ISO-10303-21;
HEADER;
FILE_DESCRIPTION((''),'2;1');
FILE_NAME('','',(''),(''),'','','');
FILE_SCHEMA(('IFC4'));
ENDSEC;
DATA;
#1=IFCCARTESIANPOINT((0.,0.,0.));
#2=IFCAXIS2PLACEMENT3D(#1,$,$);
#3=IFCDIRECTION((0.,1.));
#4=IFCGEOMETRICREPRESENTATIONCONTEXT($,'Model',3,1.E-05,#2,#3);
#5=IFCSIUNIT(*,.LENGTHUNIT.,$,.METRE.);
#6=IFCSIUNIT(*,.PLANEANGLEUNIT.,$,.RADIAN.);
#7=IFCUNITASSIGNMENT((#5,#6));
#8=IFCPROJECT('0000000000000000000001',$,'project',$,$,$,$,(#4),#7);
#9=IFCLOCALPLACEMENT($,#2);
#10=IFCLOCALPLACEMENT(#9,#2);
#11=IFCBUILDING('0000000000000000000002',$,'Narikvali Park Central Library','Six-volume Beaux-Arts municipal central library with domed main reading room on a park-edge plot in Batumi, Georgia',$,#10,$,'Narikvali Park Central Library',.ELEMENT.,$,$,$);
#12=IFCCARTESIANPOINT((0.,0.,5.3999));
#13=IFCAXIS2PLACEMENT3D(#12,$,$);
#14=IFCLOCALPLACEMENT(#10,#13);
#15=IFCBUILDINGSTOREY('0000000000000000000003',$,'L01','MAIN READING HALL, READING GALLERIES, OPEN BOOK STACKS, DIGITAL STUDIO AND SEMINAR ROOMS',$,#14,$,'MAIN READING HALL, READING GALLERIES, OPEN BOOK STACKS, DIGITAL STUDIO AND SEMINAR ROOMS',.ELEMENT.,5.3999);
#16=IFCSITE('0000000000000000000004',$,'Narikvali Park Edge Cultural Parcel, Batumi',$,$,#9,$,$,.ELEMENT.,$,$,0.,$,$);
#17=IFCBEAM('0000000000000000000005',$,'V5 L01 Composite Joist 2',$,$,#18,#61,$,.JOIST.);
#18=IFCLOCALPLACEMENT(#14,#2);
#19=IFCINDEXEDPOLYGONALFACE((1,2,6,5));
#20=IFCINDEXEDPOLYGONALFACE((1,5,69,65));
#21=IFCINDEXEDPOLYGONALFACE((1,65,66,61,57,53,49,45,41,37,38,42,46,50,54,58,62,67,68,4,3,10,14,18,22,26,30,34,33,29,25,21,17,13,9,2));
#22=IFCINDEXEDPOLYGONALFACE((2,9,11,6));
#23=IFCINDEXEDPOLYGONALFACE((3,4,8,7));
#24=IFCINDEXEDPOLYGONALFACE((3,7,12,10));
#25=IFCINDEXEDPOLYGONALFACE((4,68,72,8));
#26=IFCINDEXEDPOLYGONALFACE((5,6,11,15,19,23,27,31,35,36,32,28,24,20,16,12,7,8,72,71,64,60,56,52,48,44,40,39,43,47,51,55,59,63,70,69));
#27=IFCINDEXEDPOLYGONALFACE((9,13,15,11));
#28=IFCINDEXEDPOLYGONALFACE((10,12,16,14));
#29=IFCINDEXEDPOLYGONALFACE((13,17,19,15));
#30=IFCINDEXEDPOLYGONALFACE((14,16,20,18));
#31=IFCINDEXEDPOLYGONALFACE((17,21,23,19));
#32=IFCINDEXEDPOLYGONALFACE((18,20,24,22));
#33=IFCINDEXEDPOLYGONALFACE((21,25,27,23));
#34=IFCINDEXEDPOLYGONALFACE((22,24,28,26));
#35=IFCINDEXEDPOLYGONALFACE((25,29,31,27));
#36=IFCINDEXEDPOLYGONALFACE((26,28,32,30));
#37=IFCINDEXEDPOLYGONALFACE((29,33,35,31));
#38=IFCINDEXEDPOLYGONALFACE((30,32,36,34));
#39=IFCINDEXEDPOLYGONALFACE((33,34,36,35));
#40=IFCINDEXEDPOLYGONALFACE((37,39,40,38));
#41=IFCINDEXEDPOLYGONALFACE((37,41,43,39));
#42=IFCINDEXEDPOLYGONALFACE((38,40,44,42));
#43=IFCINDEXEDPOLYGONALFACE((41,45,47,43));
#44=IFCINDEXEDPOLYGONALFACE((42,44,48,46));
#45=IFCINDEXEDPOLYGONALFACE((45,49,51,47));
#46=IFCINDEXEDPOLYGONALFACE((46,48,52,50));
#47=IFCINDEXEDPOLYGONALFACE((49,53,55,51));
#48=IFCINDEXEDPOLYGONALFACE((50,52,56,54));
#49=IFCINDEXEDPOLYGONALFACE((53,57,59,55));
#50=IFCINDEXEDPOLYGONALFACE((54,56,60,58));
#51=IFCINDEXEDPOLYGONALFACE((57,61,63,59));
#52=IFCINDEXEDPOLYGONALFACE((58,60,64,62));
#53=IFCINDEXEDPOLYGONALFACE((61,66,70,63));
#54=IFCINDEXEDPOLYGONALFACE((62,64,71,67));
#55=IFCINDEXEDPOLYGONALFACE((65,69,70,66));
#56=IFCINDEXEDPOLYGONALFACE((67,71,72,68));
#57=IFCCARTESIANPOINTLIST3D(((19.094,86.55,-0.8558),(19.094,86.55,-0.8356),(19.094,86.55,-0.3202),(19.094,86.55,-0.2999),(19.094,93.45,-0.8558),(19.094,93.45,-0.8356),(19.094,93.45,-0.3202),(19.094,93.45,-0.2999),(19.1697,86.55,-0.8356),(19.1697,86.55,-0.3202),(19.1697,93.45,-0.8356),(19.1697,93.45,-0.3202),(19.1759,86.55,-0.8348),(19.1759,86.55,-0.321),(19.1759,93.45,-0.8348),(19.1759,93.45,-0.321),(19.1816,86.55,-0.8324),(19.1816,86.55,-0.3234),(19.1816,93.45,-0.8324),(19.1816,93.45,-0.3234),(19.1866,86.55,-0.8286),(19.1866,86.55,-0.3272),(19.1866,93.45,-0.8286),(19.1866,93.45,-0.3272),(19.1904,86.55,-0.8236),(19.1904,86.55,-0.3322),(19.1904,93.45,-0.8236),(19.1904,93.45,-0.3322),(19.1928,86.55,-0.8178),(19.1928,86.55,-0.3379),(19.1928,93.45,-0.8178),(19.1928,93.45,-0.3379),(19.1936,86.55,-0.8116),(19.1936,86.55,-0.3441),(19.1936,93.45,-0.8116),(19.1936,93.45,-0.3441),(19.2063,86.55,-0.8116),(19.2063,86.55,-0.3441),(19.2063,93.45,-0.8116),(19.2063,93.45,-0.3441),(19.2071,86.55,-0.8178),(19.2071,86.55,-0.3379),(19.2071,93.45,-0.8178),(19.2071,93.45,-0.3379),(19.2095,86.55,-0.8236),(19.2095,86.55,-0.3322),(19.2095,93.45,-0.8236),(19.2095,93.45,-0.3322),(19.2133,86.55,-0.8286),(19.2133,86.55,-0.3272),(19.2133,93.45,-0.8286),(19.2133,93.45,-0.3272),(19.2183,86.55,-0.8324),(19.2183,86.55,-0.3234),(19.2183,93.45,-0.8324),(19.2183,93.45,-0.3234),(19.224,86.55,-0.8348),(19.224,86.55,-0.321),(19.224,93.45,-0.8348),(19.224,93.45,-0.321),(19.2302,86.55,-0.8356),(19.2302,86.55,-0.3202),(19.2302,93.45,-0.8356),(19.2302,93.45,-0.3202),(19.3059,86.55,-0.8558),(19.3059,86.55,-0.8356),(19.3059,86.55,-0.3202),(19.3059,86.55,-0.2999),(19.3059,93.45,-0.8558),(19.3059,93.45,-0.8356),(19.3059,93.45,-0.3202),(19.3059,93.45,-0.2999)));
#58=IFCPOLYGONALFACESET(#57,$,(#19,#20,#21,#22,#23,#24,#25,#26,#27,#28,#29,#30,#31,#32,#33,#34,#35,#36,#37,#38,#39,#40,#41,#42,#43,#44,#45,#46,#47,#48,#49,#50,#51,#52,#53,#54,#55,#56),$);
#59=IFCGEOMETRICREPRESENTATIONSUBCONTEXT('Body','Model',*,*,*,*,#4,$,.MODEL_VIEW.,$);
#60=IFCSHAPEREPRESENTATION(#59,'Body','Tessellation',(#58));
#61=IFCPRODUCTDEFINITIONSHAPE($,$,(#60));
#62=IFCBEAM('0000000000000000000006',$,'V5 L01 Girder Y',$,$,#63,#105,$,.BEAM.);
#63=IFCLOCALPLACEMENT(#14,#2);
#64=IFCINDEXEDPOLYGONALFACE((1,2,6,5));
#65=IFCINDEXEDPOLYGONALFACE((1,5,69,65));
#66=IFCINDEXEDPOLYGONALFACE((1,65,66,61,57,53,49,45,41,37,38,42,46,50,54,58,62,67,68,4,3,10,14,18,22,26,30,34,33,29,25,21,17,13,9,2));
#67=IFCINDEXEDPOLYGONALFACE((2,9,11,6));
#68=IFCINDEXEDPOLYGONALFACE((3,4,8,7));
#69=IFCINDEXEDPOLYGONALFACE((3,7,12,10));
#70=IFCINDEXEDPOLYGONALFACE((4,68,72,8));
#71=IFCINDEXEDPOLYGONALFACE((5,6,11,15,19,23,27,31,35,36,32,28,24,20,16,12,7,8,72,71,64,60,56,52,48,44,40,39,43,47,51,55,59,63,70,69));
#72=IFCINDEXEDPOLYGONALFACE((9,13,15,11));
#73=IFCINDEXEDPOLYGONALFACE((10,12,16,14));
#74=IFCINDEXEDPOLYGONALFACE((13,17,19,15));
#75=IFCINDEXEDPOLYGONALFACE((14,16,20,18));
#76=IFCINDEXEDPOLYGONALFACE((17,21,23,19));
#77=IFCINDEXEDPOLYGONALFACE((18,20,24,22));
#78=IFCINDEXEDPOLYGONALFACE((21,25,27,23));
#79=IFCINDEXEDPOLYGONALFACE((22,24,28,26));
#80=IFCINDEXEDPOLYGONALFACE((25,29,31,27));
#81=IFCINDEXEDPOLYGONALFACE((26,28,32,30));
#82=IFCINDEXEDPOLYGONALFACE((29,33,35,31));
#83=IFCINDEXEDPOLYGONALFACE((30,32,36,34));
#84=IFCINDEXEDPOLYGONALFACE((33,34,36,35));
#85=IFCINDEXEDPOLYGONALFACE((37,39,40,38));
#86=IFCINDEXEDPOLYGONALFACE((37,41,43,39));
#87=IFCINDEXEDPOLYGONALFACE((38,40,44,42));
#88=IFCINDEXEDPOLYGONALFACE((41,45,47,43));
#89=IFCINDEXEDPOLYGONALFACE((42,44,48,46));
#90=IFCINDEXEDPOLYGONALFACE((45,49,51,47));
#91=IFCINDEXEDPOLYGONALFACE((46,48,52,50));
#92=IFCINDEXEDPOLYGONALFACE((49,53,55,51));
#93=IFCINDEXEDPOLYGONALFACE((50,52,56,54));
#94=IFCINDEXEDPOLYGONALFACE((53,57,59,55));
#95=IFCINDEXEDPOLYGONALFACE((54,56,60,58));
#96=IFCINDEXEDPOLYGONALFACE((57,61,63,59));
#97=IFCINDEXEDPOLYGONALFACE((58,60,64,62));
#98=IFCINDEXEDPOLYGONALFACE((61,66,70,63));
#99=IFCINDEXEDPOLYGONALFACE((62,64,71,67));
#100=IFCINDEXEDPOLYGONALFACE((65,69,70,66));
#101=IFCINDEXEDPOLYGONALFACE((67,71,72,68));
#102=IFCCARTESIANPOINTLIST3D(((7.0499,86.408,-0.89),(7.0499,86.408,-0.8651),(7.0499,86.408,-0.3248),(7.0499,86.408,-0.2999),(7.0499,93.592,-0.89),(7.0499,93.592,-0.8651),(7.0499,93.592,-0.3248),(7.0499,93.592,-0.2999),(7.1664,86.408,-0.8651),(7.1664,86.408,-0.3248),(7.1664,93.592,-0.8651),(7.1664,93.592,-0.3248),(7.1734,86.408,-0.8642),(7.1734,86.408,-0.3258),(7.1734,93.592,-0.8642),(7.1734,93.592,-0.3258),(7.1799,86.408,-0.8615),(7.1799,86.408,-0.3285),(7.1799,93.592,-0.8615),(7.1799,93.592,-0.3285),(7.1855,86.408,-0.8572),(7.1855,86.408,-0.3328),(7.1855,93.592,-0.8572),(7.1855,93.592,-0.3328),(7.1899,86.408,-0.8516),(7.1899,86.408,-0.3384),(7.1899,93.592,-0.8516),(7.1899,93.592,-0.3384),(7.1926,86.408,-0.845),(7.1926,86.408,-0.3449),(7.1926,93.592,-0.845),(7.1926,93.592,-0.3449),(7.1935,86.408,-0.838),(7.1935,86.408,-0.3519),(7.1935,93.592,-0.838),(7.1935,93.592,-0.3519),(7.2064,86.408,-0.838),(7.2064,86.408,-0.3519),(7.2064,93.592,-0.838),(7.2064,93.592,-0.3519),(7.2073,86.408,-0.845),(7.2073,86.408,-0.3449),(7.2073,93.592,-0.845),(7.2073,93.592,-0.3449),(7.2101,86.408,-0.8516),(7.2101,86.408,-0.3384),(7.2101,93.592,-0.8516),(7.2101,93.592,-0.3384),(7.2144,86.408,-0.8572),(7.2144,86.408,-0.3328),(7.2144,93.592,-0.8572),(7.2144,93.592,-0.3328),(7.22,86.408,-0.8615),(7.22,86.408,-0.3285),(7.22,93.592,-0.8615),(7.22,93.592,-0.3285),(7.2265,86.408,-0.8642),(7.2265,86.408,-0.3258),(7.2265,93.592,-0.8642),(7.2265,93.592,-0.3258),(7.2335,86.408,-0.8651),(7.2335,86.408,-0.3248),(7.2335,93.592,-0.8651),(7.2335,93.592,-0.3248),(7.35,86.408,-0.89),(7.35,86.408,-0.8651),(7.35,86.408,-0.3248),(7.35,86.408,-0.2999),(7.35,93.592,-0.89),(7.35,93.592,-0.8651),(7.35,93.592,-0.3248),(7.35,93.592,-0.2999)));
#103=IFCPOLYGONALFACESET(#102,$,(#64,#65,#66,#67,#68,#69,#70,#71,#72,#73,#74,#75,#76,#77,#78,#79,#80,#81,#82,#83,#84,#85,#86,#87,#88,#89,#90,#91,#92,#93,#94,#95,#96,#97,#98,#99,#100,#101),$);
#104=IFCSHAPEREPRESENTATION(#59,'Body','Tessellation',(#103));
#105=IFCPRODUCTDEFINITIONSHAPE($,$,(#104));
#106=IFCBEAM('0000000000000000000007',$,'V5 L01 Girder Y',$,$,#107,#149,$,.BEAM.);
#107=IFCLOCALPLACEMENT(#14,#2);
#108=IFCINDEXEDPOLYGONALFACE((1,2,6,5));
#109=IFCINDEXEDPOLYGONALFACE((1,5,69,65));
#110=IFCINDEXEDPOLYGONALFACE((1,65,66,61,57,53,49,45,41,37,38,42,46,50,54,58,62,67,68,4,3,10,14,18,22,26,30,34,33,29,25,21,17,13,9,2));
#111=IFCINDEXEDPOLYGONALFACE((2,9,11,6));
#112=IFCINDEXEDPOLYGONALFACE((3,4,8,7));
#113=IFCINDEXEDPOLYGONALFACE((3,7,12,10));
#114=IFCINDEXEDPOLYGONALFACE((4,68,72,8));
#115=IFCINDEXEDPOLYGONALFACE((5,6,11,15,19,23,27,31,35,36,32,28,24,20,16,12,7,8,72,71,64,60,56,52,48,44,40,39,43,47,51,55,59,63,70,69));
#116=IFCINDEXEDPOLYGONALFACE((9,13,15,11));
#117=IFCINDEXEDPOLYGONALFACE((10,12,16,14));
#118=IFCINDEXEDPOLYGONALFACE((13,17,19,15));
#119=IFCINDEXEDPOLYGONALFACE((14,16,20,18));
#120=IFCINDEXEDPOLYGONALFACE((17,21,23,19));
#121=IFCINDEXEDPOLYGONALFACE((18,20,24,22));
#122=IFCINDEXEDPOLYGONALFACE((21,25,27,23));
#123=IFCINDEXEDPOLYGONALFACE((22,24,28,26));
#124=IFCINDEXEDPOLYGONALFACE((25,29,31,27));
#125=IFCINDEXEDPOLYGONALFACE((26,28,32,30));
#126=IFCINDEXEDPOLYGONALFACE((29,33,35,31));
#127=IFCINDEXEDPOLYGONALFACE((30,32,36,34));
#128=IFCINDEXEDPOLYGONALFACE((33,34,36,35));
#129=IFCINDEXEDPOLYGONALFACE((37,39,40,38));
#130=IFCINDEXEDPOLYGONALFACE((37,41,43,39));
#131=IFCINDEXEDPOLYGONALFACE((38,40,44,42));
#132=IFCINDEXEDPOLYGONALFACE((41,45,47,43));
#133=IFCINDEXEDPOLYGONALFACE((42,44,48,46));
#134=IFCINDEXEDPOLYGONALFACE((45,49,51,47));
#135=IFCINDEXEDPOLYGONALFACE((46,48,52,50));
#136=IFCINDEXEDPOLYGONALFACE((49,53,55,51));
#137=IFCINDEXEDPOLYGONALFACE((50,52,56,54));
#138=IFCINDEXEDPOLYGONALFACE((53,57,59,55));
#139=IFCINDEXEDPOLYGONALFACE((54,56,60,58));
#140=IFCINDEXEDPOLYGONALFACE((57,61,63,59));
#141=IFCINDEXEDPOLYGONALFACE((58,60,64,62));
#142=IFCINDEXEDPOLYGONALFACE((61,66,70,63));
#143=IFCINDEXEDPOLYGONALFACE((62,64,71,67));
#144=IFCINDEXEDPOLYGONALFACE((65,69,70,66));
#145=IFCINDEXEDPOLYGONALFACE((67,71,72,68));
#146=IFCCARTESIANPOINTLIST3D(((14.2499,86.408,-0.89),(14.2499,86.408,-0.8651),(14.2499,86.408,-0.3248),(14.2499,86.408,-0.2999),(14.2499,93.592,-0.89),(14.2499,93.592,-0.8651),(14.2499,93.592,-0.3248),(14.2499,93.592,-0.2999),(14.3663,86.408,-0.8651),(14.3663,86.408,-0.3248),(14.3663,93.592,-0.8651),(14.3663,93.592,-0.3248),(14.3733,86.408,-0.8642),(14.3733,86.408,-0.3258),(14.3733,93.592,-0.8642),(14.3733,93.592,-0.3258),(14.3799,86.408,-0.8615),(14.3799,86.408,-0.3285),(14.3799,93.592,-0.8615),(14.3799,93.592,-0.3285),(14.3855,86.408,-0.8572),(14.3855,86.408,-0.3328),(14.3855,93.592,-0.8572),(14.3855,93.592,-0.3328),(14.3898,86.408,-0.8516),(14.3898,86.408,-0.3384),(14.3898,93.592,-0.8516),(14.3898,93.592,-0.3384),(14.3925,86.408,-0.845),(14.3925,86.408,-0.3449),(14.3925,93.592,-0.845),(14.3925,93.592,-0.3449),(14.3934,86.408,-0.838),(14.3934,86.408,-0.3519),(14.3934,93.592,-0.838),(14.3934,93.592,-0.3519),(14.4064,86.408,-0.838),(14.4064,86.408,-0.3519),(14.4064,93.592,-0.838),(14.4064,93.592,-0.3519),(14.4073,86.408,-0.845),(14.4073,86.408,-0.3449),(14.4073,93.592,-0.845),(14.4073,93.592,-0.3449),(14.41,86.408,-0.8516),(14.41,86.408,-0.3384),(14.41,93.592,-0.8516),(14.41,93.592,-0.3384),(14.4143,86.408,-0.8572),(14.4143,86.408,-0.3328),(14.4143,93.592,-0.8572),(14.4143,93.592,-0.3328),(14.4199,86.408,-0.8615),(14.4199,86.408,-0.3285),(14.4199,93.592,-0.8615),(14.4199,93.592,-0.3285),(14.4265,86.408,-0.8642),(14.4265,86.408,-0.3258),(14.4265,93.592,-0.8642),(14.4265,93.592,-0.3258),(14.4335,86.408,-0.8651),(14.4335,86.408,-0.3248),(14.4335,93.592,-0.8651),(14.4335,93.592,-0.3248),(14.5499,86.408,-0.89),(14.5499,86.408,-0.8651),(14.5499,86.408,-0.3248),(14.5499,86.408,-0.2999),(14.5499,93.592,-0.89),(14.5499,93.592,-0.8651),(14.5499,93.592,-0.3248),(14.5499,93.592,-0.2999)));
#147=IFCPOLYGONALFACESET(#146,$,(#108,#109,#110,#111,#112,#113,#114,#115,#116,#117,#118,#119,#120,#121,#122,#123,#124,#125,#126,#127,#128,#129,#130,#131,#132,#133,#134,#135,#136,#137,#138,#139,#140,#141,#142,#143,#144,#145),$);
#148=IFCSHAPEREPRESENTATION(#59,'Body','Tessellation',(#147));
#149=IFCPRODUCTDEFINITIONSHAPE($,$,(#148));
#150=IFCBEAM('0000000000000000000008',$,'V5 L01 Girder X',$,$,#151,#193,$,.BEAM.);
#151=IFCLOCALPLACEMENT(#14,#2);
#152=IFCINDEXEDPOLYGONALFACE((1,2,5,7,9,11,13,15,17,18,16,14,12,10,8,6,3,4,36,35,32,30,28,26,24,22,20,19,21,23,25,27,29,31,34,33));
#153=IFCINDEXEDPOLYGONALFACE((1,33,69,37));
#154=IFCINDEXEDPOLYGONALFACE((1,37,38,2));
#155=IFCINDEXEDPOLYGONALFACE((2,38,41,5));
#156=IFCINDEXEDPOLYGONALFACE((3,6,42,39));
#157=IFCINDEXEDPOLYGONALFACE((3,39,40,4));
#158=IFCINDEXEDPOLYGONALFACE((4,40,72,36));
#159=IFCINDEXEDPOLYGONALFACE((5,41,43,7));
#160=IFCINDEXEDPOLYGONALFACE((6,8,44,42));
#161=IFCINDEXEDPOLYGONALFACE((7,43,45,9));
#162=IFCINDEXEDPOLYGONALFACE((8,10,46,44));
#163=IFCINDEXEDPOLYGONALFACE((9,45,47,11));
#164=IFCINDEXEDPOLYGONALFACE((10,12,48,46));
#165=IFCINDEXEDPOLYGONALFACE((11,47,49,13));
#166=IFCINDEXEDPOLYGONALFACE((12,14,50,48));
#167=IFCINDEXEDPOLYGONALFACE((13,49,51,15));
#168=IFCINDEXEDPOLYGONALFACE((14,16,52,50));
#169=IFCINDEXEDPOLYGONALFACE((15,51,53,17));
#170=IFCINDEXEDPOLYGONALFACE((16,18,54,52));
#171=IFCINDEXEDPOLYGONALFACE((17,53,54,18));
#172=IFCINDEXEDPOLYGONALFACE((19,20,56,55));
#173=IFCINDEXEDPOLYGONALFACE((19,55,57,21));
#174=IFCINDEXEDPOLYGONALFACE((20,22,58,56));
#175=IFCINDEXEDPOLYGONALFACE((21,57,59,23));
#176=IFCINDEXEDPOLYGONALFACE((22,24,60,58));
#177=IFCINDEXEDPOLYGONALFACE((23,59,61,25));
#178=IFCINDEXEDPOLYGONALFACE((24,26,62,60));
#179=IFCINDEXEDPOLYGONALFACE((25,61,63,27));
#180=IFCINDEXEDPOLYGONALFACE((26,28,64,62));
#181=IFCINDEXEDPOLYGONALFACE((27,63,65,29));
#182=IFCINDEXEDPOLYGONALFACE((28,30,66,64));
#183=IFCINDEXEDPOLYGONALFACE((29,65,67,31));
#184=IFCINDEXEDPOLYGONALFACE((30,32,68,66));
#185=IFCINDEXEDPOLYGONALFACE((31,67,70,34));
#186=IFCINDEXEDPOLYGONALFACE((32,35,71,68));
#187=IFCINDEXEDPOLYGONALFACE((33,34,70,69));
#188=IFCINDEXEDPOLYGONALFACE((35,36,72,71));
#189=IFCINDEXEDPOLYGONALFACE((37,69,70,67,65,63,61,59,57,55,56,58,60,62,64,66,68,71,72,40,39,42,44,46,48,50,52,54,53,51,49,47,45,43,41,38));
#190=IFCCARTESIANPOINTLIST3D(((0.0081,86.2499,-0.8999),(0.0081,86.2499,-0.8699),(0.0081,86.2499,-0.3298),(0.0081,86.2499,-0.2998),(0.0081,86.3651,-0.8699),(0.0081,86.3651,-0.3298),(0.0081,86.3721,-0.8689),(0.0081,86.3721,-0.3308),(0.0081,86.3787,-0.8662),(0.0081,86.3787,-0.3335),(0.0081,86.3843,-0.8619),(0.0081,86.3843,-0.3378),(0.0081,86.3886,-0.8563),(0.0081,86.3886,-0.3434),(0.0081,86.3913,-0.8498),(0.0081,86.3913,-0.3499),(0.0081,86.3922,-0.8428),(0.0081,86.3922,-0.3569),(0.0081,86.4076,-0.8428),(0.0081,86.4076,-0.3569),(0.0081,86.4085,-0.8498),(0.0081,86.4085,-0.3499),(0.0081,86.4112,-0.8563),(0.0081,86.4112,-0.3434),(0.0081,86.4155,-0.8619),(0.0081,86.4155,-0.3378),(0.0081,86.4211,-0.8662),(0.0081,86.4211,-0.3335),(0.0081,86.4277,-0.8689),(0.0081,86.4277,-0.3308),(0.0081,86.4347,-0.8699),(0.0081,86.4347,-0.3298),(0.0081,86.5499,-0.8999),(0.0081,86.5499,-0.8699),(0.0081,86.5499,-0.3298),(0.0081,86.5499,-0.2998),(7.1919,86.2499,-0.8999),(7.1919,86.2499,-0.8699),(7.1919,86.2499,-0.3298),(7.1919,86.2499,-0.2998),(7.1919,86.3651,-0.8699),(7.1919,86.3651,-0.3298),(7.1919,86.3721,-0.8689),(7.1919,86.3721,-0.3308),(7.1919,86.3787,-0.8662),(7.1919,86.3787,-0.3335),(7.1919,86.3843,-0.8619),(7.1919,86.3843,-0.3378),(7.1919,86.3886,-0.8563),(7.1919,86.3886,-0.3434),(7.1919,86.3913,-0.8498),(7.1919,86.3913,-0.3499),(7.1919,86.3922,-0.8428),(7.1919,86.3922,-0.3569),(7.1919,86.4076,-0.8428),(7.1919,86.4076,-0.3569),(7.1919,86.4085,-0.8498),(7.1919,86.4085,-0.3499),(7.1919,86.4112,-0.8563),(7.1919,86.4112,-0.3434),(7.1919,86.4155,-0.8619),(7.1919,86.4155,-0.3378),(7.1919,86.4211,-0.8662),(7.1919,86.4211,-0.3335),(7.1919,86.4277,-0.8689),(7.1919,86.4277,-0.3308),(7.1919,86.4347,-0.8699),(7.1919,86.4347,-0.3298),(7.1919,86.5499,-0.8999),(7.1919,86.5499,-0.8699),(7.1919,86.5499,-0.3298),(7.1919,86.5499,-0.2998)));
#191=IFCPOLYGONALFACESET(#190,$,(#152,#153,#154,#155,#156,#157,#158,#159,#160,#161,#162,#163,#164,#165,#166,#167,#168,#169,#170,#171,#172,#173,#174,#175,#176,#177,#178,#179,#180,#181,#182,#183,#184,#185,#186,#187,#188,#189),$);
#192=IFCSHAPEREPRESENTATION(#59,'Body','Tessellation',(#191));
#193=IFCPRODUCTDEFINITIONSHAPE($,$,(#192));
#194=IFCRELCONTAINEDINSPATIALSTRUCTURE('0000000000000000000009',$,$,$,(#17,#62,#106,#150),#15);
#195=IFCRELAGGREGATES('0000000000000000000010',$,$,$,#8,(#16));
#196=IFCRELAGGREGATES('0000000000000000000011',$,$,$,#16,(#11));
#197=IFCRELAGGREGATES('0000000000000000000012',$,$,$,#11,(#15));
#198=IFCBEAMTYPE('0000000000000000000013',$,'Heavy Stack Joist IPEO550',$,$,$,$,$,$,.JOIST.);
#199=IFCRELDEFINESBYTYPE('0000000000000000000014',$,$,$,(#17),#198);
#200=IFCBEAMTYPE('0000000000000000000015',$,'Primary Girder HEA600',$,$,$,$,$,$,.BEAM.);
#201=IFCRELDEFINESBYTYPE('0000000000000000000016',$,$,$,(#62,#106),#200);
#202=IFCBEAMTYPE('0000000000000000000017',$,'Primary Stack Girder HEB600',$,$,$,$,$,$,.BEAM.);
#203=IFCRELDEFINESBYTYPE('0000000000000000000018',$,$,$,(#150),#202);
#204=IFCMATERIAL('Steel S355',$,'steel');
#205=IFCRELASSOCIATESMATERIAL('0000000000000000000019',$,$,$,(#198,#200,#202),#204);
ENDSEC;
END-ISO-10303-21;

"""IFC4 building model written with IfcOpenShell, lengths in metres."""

from ifc_helpers import new_model, si_unit, direction, frame, origin, origin_2d, place, context, subcontext, project, spatial, i_section, extrude, material, material_profile, profile_set, type_object, element, save


model = new_model("IFC4")

# Units and contexts
model_context = context("Model", 3, precision=1e-05, world=origin(), true_north=direction((0.0, 1.0)))
body_context = subcontext(model_context, "Body", "Model", "MODEL_VIEW")
ifc_project = project(units=[si_unit("LENGTHUNIT", "METRE"), si_unit("PLANEANGLEUNIT", "RADIAN")], contexts=[model_context])

# Site, building, storey
site_placement = place(None, origin())
site = spatial("IfcSite", under=ifc_project, at=site_placement, Name="Narikvali Park Edge Cultural Parcel, Batumi", CompositionType="ELEMENT", RefElevation=0.0)
building_placement = place(site_placement, origin())
building = spatial("IfcBuilding", under=site, at=building_placement, Name="Narikvali Park Central Library", Description="Six-volume Beaux-Arts municipal central library with domed main reading room on a park-edge plot in Batumi, Georgia", LongName="Narikvali Park Central Library", CompositionType="ELEMENT")
storey_placement = place(building_placement, frame((0.0, 0.0, 5.3999)))
storey = spatial("IfcBuildingStorey", under=building, at=storey_placement, Name="L01", Description="MAIN READING HALL, READING GALLERIES, OPEN BOOK STACKS, DIGITAL STUDIO AND SEMINAR ROOMS", LongName="MAIN READING HALL, READING GALLERIES, OPEN BOOK STACKS, DIGITAL STUDIO AND SEMINAR ROOMS", CompositionType="ELEMENT", Elevation=5.3999)

# Shared definitions
ifc_material_1 = material(Name="Steel S355", Category="steel")

# Beams
ifc_material_profile_1 = material_profile(ifc_material_1, i_section(OverallWidth=0.2119, OverallDepth=0.5559, WebThickness=0.0127, FlangeThickness=0.0203, FilletRadius=0.0239, at=origin_2d()), Name="IPEO 550")
ifc_profile_set_1 = profile_set([ifc_material_profile_1], Name="Steel S355")
beam_type_1 = type_object("IfcBeamType", Name="Heavy Stack Joist IPEO550", PredefinedType="JOIST", material=ifc_profile_set_1)
for number, where, z_axis, x_axis, name in (
    (1, (19.2, 86.55, -0.5779), (0.0, 1.0, 0.0), (-1.0, 0.0, 0.0), "V5 L01 Composite Joist 2"),
):
    element("IfcBeam", number, at=place(storey_placement, frame(where, z_axis=z_axis, x_axis=x_axis)), inside=storey, type_object=beam_type_1, Name=name, PredefinedType="JOIST", context=body_context, shape_type="SweptSolid", body=[
        extrude(i_section(OverallWidth=0.2119, OverallDepth=0.5559, WebThickness=0.0127, FlangeThickness=0.0203, FilletRadius=0.0239, at=origin_2d()), origin(), (0.0, 0.0, 1.0), 6.8999),
    ])
ifc_material_profile_2 = material_profile(ifc_material_1, i_section(OverallWidth=0.3, OverallDepth=0.5901, WebThickness=0.0129, FlangeThickness=0.0249, FilletRadius=0.0271, at=origin_2d()), Name="HEA 600")
ifc_profile_set_2 = profile_set([ifc_material_profile_2], Name="Steel S355")
beam_type_2 = type_object("IfcBeamType", Name="Primary Girder HEA600", PredefinedType="BEAM", material=ifc_profile_set_2)
for number, where, z_axis, x_axis, name in (
    (2, (7.2, 86.408, -0.595), (0.0, 1.0, 0.0), (-1.0, 0.0, 0.0), "V5 L01 Girder Y"),
    (3, (14.3999, 86.408, -0.595), (0.0, 1.0, 0.0), (-1.0, 0.0, 0.0), "V5 L01 Girder Y"),
):
    element("IfcBeam", number, at=place(storey_placement, frame(where, z_axis=z_axis, x_axis=x_axis)), inside=storey, type_object=beam_type_2, Name=name, PredefinedType="BEAM", context=body_context, shape_type="SweptSolid", body=[
        extrude(i_section(OverallWidth=0.3, OverallDepth=0.5901, WebThickness=0.0129, FlangeThickness=0.0249, FilletRadius=0.0271, at=origin_2d()), origin(), (0.0, 0.0, 1.0), 7.1841),
    ])
ifc_material_profile_3 = material_profile(ifc_material_1, i_section(OverallWidth=0.3, OverallDepth=0.6001, WebThickness=0.0154, FlangeThickness=0.03, FilletRadius=0.0271, at=origin_2d()), Name="HEB 600")
ifc_profile_set_3 = profile_set([ifc_material_profile_3], Name="Steel S355")
beam_type_3 = type_object("IfcBeamType", Name="Primary Stack Girder HEB600", PredefinedType="BEAM", material=ifc_profile_set_3)
beam_1_placement = place(storey_placement, frame((0.0081, 86.3999, -0.5999), z_axis=(1.0, 0.0, 0.0), x_axis=(0.0, 1.0, 0.0)))
element("IfcBeam", 4, at=beam_1_placement, inside=storey, type_object=beam_type_3, Name="V5 L01 Girder X", PredefinedType="BEAM", context=body_context, shape_type="SweptSolid", body=[
    extrude(i_section(OverallWidth=0.3, OverallDepth=0.6001, WebThickness=0.0154, FlangeThickness=0.03, FilletRadius=0.0271, at=origin_2d()), origin(), (0.0, 0.0, 1.0), 7.1838),
])

save(model, "model.ifc")
